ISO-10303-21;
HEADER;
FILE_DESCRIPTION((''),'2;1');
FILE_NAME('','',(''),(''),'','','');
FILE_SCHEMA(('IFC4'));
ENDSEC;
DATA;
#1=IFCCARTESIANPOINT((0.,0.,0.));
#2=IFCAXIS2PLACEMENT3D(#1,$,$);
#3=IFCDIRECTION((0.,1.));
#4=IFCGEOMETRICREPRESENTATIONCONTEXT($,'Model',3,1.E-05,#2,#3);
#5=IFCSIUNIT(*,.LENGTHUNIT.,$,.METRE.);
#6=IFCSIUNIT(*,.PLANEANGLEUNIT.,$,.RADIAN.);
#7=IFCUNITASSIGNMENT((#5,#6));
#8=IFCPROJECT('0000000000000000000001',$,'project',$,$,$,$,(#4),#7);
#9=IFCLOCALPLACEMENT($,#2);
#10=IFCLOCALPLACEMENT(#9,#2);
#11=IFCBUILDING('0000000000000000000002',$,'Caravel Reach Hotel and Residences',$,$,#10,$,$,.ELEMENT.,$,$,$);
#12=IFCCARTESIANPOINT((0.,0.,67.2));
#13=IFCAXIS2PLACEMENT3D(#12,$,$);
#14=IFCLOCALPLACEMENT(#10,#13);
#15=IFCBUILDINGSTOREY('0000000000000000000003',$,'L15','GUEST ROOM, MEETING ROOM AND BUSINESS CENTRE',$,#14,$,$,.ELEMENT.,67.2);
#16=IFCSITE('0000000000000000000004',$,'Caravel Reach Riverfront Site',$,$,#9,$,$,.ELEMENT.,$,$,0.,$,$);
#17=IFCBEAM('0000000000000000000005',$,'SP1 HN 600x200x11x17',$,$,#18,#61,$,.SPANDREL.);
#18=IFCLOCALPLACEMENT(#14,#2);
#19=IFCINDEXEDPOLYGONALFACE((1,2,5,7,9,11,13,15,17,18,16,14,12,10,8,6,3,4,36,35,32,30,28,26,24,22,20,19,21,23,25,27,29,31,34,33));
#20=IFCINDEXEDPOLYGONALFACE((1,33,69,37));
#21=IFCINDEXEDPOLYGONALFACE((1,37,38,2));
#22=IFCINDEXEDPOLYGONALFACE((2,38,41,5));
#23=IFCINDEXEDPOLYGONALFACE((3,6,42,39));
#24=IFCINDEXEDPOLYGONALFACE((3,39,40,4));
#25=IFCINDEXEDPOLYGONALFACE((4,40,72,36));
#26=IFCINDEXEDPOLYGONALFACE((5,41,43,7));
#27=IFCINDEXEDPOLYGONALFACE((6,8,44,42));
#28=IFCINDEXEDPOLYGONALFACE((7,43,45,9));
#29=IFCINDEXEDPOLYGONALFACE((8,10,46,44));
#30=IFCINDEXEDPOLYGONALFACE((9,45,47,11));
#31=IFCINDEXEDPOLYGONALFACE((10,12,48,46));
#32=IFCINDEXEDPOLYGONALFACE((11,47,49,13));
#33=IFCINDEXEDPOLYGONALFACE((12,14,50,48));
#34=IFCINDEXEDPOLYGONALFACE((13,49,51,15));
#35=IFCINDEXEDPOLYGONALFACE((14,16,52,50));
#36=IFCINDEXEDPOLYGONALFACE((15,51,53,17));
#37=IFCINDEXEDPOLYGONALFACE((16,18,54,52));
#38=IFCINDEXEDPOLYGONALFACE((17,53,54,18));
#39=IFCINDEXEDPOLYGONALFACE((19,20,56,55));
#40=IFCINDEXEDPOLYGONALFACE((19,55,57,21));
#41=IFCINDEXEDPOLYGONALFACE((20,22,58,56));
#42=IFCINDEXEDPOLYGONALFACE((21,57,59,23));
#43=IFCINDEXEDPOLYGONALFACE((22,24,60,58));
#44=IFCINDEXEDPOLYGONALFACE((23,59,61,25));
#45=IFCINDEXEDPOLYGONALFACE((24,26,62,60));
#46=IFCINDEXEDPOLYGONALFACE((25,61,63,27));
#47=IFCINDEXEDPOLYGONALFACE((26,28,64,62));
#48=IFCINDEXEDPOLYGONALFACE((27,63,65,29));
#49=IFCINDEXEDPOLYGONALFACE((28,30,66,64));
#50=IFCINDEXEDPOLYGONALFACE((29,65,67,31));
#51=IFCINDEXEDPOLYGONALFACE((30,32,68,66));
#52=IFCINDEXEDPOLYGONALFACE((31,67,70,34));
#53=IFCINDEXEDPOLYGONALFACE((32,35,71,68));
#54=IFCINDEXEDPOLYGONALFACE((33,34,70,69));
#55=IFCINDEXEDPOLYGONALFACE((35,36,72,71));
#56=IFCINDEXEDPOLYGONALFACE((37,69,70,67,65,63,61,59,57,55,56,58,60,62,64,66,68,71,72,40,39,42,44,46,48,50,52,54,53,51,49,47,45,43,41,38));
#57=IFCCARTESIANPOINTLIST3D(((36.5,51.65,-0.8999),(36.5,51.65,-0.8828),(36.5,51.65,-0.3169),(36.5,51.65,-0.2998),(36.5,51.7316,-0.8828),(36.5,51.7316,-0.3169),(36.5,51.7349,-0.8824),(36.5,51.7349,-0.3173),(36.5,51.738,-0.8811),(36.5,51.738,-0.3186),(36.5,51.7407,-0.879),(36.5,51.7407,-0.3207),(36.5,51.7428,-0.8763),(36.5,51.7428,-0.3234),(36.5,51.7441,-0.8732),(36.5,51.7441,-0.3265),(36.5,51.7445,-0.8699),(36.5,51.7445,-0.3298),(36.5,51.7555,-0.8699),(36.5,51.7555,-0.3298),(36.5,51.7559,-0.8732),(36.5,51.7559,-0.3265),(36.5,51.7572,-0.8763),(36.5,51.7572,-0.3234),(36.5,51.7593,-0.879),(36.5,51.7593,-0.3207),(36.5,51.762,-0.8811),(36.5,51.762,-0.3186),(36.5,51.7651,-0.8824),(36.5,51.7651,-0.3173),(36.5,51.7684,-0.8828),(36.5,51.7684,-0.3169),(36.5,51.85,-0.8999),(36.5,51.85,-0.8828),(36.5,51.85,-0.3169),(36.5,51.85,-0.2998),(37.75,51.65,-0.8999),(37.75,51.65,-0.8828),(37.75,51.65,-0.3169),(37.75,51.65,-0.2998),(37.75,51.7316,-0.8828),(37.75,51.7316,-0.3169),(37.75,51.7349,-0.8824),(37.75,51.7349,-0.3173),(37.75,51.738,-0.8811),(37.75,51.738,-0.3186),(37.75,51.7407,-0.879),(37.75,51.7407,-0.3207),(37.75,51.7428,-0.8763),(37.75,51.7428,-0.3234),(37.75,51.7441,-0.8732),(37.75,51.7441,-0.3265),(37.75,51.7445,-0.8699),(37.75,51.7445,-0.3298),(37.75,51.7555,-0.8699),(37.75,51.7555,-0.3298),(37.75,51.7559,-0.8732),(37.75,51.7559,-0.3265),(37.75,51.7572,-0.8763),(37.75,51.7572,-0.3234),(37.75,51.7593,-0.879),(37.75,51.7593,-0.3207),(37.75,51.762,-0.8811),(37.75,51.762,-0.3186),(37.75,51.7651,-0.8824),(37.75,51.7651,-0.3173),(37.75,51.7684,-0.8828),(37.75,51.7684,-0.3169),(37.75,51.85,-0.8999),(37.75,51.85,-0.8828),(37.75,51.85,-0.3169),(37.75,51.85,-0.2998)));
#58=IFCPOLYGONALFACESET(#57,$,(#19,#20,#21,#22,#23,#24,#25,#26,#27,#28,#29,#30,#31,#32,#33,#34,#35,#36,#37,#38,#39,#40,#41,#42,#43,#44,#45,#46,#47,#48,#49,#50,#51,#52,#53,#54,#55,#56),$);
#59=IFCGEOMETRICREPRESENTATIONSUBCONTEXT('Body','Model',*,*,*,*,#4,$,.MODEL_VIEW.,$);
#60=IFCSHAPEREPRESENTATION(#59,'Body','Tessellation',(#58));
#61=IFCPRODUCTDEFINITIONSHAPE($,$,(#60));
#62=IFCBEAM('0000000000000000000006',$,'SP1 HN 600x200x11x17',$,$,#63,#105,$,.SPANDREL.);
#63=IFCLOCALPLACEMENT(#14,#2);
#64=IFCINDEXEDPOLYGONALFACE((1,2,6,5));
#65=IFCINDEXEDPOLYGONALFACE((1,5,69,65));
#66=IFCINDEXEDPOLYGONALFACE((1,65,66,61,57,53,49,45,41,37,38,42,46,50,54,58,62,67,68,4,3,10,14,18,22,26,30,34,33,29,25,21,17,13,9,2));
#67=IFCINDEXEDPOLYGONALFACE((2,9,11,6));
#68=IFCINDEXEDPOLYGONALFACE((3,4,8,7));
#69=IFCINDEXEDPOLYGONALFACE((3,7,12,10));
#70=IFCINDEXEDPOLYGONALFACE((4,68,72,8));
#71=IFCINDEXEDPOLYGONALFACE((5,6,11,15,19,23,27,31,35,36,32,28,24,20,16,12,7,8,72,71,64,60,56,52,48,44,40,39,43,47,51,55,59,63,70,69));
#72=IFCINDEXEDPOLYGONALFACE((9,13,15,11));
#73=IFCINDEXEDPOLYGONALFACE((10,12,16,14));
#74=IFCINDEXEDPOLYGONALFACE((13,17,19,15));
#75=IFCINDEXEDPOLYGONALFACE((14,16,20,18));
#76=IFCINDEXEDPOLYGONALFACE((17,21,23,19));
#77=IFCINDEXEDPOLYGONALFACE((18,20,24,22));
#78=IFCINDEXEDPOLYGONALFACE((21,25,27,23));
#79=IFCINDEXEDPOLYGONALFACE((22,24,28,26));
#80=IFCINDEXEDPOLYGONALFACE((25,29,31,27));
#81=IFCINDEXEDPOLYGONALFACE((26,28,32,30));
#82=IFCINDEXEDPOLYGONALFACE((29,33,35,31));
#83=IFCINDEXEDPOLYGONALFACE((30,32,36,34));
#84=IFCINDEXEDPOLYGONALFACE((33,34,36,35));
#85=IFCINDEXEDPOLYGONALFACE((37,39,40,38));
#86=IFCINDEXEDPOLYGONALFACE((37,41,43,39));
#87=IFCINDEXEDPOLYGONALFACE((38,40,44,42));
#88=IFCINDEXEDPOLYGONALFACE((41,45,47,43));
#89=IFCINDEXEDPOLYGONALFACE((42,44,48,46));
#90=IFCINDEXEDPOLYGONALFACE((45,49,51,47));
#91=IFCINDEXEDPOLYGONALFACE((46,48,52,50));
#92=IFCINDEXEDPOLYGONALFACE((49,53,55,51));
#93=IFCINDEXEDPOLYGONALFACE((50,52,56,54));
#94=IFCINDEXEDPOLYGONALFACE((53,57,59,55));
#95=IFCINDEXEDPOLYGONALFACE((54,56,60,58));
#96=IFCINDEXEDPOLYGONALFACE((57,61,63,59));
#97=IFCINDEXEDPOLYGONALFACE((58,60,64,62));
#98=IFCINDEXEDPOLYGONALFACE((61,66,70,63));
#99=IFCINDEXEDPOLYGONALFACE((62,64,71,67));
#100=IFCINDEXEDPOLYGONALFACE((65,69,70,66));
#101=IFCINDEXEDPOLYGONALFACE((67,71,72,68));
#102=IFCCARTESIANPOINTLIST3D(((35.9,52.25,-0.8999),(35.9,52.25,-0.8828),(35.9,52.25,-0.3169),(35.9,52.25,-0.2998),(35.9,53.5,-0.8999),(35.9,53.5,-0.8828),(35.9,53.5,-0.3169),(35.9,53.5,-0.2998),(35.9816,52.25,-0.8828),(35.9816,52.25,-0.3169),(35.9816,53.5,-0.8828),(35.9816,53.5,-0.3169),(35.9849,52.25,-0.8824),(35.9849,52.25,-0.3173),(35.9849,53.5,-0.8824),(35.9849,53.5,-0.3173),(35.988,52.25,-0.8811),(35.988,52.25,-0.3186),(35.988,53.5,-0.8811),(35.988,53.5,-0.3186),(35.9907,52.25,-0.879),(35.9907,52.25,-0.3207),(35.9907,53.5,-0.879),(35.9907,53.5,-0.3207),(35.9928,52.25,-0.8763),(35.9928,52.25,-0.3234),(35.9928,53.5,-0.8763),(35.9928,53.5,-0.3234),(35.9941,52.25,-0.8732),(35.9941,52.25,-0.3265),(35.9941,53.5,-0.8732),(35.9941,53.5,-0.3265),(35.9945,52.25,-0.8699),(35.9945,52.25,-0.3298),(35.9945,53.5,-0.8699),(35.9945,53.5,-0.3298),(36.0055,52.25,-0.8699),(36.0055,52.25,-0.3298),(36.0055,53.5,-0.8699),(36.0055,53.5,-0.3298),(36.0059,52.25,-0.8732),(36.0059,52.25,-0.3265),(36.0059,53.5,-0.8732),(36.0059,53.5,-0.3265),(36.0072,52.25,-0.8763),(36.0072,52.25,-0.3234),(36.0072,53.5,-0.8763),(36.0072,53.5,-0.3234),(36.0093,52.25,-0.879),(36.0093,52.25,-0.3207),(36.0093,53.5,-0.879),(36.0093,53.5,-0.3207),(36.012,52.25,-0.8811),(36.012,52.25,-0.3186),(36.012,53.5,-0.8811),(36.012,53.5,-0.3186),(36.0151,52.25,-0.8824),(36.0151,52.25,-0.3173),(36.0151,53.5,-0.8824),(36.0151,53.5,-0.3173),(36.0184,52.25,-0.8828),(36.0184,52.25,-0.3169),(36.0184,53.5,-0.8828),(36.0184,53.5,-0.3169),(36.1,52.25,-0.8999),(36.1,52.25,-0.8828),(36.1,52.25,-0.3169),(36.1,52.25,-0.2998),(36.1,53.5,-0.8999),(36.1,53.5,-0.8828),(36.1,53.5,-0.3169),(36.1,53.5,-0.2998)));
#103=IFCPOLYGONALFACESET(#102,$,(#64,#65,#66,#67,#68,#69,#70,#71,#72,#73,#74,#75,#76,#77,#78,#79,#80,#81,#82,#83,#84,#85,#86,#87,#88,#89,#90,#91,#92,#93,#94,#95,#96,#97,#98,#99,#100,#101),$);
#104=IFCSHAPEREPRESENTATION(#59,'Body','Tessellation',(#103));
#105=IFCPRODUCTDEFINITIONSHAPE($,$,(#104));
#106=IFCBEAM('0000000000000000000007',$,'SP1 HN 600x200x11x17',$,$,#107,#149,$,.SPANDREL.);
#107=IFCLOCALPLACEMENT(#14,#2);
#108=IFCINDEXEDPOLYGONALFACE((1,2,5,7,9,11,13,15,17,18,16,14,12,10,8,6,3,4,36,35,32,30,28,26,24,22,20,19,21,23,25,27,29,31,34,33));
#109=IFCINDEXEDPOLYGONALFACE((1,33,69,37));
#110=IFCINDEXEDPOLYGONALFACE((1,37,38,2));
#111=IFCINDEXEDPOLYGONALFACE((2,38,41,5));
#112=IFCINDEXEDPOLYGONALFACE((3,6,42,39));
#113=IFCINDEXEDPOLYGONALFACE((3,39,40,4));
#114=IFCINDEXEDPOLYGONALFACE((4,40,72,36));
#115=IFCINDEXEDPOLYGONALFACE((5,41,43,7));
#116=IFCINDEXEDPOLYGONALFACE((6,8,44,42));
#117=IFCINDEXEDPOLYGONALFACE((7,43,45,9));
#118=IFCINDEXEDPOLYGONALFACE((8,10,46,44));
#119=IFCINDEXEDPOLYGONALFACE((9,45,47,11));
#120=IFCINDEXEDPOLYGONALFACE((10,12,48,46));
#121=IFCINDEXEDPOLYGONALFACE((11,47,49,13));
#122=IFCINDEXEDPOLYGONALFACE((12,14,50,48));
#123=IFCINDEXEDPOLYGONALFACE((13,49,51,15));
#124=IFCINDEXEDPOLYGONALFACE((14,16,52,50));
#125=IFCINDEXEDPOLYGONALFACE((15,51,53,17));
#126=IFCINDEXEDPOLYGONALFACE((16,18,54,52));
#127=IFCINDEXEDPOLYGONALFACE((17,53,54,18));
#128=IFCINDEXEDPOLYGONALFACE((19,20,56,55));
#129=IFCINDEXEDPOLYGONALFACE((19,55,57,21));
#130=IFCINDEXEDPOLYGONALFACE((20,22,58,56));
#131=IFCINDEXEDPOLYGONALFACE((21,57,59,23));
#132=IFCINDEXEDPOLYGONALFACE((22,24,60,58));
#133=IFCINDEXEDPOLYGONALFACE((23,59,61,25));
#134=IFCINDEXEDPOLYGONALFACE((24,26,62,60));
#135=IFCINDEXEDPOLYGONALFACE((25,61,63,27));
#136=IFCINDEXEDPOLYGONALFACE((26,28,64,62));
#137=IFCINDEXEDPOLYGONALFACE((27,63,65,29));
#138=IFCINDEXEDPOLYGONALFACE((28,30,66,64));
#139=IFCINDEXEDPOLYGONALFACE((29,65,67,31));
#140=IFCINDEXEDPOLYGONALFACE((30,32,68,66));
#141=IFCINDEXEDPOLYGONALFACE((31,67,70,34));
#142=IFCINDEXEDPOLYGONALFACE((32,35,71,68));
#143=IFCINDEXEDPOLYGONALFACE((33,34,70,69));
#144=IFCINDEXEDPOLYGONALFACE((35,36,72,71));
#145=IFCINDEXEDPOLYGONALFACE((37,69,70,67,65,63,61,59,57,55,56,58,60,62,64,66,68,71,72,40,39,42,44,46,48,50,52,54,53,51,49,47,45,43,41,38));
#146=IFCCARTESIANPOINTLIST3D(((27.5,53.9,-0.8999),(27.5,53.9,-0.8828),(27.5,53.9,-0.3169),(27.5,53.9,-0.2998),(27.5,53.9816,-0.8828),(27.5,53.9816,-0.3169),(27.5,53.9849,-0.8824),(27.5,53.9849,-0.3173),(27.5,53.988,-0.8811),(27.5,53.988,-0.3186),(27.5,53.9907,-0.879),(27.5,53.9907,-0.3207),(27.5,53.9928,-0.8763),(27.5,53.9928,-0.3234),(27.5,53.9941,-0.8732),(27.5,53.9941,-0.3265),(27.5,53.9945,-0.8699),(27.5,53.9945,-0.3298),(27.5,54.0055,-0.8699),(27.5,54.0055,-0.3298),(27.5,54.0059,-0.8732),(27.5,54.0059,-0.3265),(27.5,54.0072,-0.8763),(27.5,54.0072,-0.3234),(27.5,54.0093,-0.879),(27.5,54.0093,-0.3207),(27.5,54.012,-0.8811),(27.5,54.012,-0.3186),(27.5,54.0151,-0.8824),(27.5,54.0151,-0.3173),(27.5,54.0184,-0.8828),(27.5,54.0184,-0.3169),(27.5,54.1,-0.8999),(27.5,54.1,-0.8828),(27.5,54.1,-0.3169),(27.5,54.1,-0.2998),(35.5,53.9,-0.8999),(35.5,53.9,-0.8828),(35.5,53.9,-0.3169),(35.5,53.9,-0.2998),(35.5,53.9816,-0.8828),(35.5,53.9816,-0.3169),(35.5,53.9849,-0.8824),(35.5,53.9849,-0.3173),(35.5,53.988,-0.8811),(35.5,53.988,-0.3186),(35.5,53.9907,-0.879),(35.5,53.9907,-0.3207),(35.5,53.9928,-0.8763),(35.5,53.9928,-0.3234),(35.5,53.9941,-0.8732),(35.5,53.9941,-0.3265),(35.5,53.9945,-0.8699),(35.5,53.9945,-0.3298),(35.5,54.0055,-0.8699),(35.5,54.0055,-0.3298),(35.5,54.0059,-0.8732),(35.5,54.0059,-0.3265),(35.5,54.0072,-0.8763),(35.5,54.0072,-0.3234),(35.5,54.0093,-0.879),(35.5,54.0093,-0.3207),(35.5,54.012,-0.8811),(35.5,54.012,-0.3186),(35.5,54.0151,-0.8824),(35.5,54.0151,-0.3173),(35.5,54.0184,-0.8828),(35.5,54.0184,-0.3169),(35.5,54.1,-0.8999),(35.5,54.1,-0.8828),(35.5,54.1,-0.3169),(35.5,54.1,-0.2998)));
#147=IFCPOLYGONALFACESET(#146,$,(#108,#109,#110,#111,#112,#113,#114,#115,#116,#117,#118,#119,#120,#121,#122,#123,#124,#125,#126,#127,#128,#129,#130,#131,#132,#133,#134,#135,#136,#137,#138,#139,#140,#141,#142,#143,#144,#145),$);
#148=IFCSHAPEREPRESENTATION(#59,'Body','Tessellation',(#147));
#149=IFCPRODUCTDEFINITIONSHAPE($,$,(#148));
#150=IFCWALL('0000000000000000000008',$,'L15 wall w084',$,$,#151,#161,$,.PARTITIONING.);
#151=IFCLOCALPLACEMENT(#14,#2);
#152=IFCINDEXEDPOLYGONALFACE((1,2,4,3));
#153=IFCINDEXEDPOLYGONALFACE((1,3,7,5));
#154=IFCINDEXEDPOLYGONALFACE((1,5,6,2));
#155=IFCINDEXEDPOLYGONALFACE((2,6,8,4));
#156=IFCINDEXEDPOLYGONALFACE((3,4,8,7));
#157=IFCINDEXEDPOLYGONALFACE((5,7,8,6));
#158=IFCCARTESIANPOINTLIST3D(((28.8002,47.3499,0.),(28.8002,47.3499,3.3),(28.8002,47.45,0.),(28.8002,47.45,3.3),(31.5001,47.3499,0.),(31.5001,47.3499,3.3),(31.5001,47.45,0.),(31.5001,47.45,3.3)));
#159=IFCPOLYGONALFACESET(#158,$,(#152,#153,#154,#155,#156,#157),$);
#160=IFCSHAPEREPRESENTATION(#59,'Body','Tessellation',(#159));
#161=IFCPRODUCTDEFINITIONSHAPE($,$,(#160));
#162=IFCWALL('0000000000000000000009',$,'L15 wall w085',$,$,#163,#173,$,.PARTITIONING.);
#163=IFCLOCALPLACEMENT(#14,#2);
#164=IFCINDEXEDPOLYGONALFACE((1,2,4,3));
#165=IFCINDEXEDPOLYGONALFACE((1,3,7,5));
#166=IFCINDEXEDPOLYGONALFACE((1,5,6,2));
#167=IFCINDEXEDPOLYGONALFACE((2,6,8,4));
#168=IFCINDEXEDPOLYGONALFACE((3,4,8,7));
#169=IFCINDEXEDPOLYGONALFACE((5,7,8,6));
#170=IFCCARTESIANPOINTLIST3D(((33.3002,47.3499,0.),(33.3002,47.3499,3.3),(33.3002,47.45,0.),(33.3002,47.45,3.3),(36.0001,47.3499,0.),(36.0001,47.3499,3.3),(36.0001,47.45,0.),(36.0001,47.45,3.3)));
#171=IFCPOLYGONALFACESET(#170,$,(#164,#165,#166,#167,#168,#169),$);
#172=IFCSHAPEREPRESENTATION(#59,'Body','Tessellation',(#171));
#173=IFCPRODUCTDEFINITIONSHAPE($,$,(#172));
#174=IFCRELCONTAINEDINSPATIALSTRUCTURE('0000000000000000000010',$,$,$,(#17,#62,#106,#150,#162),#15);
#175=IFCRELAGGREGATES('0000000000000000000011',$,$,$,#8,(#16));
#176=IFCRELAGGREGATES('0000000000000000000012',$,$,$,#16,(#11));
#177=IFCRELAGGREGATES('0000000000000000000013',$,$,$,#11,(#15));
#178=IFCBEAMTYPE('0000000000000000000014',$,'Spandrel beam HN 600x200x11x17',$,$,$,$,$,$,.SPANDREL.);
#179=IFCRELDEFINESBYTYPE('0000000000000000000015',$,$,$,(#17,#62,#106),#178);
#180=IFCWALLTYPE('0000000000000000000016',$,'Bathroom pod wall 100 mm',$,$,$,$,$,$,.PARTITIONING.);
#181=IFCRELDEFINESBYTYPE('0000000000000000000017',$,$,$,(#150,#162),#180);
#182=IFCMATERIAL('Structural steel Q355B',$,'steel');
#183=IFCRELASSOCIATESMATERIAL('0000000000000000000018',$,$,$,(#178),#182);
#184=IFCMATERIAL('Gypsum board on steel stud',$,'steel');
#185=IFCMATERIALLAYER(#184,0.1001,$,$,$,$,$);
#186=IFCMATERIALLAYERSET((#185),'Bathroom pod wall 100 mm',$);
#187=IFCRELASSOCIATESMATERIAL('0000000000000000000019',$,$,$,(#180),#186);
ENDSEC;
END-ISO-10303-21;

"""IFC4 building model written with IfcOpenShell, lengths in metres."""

from ifc_helpers import new_model, si_unit, direction, frame, frame_2d, origin, origin_2d, place, context, subcontext, project, spatial, rectangle, i_section, extrude, material, layer, layer_set, material_profile, profile_set, type_object, element, save


model = new_model("IFC4")

# Units and contexts
model_context = context("Model", 3, precision=1e-05, world=origin(), true_north=direction((0.0, 1.0)))
body_context = subcontext(model_context, "Body", "Model", "MODEL_VIEW")
ifc_project = project(units=[si_unit("LENGTHUNIT", "METRE"), si_unit("PLANEANGLEUNIT", "RADIAN")], contexts=[model_context])

# Site, building, storey
site_placement = place(None, origin())
site = spatial("IfcSite", under=ifc_project, at=site_placement, Name="Caravel Reach Riverfront Site", CompositionType="ELEMENT", RefElevation=0.0)
building_placement = place(site_placement, origin())
building = spatial("IfcBuilding", under=site, at=building_placement, Name="Caravel Reach Hotel and Residences", CompositionType="ELEMENT")
storey_placement = place(building_placement, frame((0.0, 0.0, 67.2)))
storey = spatial("IfcBuildingStorey", under=building, at=storey_placement, Name="L15", Description="GUEST ROOM, MEETING ROOM AND BUSINESS CENTRE", CompositionType="ELEMENT", Elevation=67.2)

# Beams
ifc_material_1 = material(Name="Structural steel Q355B", Category="steel")
ifc_material_profile_1 = material_profile(ifc_material_1, i_section(OverallWidth=0.2, OverallDepth=0.6001, WebThickness=0.011, FlangeThickness=0.0171, FilletRadius=0.0129, at=origin_2d()), Name="HN 600x200x11x17")
ifc_profile_set_1 = profile_set([ifc_material_profile_1], Name="Structural steel Q355B")
beam_type = type_object("IfcBeamType", Name="Spandrel beam HN 600x200x11x17", PredefinedType="SPANDREL", material=ifc_profile_set_1)
for number, where, z_axis, x_axis, name in (
    (1, (37.75, 51.75, -0.5999), (-1.0, 0.0, 0.0), (0.0, -1.0, 0.0), "SP1 HN 600x200x11x17"),
    (2, (36.0, 52.25, -0.5999), (0.0, 1.0, 0.0), (-1.0, 0.0, 0.0), "SP1 HN 600x200x11x17"),
):
    element("IfcBeam", number, at=place(storey_placement, frame(where, z_axis=z_axis, x_axis=x_axis)), inside=storey, type_object=beam_type, Name=name, PredefinedType="SPANDREL", context=body_context, shape_type="SweptSolid", body=[
        extrude(i_section(OverallWidth=0.2, OverallDepth=0.6001, WebThickness=0.011, FlangeThickness=0.0171, FilletRadius=0.0129, at=origin_2d()), origin(), (0.0, 0.0, 1.0), 1.25),
    ])
beam_placement = place(storey_placement, frame((35.5, 54.0, -0.5999), z_axis=(-1.0, 0.0, 0.0), x_axis=(0.0, -1.0, 0.0)))
element("IfcBeam", 3, at=beam_placement, inside=storey, type_object=beam_type, Name="SP1 HN 600x200x11x17", PredefinedType="SPANDREL", context=body_context, shape_type="SweptSolid", body=[
    extrude(i_section(OverallWidth=0.2, OverallDepth=0.6001, WebThickness=0.011, FlangeThickness=0.0171, FilletRadius=0.0129, at=origin_2d()), origin(), (0.0, 0.0, 1.0), 8.0),
])

# Walls
ifc_material_2 = material(Name="Gypsum board on steel stud", Category="steel")
ifc_layer_1 = layer(ifc_material_2, 0.1001)
ifc_layer_set_1 = layer_set([ifc_layer_1], Name="Bathroom pod wall 100 mm")
wall_type_1 = type_object("IfcWallType", Name="Bathroom pod wall 100 mm", PredefinedType="PARTITIONING", material=ifc_layer_set_1)
for number, where, z_axis, x_axis, name in (
    (4, (28.8, 47.3999, 0.0), (0.0, 0.0, 1.0), (1.0, 0.0, 0.0), "L15 wall w084"),
    (5, (33.3, 47.3999, 0.0), (0.0, 0.0, 1.0), (1.0, 0.0, 0.0), "L15 wall w085"),
):
    element("IfcWall", number, at=place(storey_placement, frame(where, z_axis=z_axis, x_axis=x_axis)), inside=storey, type_object=wall_type_1, Name=name, PredefinedType="PARTITIONING", context=body_context, shape_type="SweptSolid", body=[
        extrude(rectangle(XDim=2.7, YDim=0.1001, at=frame_2d((1.3501, 0.0))), origin(), (0.0, 0.0, 1.0), 3.3),
    ])

save(model, "model.ifc")
